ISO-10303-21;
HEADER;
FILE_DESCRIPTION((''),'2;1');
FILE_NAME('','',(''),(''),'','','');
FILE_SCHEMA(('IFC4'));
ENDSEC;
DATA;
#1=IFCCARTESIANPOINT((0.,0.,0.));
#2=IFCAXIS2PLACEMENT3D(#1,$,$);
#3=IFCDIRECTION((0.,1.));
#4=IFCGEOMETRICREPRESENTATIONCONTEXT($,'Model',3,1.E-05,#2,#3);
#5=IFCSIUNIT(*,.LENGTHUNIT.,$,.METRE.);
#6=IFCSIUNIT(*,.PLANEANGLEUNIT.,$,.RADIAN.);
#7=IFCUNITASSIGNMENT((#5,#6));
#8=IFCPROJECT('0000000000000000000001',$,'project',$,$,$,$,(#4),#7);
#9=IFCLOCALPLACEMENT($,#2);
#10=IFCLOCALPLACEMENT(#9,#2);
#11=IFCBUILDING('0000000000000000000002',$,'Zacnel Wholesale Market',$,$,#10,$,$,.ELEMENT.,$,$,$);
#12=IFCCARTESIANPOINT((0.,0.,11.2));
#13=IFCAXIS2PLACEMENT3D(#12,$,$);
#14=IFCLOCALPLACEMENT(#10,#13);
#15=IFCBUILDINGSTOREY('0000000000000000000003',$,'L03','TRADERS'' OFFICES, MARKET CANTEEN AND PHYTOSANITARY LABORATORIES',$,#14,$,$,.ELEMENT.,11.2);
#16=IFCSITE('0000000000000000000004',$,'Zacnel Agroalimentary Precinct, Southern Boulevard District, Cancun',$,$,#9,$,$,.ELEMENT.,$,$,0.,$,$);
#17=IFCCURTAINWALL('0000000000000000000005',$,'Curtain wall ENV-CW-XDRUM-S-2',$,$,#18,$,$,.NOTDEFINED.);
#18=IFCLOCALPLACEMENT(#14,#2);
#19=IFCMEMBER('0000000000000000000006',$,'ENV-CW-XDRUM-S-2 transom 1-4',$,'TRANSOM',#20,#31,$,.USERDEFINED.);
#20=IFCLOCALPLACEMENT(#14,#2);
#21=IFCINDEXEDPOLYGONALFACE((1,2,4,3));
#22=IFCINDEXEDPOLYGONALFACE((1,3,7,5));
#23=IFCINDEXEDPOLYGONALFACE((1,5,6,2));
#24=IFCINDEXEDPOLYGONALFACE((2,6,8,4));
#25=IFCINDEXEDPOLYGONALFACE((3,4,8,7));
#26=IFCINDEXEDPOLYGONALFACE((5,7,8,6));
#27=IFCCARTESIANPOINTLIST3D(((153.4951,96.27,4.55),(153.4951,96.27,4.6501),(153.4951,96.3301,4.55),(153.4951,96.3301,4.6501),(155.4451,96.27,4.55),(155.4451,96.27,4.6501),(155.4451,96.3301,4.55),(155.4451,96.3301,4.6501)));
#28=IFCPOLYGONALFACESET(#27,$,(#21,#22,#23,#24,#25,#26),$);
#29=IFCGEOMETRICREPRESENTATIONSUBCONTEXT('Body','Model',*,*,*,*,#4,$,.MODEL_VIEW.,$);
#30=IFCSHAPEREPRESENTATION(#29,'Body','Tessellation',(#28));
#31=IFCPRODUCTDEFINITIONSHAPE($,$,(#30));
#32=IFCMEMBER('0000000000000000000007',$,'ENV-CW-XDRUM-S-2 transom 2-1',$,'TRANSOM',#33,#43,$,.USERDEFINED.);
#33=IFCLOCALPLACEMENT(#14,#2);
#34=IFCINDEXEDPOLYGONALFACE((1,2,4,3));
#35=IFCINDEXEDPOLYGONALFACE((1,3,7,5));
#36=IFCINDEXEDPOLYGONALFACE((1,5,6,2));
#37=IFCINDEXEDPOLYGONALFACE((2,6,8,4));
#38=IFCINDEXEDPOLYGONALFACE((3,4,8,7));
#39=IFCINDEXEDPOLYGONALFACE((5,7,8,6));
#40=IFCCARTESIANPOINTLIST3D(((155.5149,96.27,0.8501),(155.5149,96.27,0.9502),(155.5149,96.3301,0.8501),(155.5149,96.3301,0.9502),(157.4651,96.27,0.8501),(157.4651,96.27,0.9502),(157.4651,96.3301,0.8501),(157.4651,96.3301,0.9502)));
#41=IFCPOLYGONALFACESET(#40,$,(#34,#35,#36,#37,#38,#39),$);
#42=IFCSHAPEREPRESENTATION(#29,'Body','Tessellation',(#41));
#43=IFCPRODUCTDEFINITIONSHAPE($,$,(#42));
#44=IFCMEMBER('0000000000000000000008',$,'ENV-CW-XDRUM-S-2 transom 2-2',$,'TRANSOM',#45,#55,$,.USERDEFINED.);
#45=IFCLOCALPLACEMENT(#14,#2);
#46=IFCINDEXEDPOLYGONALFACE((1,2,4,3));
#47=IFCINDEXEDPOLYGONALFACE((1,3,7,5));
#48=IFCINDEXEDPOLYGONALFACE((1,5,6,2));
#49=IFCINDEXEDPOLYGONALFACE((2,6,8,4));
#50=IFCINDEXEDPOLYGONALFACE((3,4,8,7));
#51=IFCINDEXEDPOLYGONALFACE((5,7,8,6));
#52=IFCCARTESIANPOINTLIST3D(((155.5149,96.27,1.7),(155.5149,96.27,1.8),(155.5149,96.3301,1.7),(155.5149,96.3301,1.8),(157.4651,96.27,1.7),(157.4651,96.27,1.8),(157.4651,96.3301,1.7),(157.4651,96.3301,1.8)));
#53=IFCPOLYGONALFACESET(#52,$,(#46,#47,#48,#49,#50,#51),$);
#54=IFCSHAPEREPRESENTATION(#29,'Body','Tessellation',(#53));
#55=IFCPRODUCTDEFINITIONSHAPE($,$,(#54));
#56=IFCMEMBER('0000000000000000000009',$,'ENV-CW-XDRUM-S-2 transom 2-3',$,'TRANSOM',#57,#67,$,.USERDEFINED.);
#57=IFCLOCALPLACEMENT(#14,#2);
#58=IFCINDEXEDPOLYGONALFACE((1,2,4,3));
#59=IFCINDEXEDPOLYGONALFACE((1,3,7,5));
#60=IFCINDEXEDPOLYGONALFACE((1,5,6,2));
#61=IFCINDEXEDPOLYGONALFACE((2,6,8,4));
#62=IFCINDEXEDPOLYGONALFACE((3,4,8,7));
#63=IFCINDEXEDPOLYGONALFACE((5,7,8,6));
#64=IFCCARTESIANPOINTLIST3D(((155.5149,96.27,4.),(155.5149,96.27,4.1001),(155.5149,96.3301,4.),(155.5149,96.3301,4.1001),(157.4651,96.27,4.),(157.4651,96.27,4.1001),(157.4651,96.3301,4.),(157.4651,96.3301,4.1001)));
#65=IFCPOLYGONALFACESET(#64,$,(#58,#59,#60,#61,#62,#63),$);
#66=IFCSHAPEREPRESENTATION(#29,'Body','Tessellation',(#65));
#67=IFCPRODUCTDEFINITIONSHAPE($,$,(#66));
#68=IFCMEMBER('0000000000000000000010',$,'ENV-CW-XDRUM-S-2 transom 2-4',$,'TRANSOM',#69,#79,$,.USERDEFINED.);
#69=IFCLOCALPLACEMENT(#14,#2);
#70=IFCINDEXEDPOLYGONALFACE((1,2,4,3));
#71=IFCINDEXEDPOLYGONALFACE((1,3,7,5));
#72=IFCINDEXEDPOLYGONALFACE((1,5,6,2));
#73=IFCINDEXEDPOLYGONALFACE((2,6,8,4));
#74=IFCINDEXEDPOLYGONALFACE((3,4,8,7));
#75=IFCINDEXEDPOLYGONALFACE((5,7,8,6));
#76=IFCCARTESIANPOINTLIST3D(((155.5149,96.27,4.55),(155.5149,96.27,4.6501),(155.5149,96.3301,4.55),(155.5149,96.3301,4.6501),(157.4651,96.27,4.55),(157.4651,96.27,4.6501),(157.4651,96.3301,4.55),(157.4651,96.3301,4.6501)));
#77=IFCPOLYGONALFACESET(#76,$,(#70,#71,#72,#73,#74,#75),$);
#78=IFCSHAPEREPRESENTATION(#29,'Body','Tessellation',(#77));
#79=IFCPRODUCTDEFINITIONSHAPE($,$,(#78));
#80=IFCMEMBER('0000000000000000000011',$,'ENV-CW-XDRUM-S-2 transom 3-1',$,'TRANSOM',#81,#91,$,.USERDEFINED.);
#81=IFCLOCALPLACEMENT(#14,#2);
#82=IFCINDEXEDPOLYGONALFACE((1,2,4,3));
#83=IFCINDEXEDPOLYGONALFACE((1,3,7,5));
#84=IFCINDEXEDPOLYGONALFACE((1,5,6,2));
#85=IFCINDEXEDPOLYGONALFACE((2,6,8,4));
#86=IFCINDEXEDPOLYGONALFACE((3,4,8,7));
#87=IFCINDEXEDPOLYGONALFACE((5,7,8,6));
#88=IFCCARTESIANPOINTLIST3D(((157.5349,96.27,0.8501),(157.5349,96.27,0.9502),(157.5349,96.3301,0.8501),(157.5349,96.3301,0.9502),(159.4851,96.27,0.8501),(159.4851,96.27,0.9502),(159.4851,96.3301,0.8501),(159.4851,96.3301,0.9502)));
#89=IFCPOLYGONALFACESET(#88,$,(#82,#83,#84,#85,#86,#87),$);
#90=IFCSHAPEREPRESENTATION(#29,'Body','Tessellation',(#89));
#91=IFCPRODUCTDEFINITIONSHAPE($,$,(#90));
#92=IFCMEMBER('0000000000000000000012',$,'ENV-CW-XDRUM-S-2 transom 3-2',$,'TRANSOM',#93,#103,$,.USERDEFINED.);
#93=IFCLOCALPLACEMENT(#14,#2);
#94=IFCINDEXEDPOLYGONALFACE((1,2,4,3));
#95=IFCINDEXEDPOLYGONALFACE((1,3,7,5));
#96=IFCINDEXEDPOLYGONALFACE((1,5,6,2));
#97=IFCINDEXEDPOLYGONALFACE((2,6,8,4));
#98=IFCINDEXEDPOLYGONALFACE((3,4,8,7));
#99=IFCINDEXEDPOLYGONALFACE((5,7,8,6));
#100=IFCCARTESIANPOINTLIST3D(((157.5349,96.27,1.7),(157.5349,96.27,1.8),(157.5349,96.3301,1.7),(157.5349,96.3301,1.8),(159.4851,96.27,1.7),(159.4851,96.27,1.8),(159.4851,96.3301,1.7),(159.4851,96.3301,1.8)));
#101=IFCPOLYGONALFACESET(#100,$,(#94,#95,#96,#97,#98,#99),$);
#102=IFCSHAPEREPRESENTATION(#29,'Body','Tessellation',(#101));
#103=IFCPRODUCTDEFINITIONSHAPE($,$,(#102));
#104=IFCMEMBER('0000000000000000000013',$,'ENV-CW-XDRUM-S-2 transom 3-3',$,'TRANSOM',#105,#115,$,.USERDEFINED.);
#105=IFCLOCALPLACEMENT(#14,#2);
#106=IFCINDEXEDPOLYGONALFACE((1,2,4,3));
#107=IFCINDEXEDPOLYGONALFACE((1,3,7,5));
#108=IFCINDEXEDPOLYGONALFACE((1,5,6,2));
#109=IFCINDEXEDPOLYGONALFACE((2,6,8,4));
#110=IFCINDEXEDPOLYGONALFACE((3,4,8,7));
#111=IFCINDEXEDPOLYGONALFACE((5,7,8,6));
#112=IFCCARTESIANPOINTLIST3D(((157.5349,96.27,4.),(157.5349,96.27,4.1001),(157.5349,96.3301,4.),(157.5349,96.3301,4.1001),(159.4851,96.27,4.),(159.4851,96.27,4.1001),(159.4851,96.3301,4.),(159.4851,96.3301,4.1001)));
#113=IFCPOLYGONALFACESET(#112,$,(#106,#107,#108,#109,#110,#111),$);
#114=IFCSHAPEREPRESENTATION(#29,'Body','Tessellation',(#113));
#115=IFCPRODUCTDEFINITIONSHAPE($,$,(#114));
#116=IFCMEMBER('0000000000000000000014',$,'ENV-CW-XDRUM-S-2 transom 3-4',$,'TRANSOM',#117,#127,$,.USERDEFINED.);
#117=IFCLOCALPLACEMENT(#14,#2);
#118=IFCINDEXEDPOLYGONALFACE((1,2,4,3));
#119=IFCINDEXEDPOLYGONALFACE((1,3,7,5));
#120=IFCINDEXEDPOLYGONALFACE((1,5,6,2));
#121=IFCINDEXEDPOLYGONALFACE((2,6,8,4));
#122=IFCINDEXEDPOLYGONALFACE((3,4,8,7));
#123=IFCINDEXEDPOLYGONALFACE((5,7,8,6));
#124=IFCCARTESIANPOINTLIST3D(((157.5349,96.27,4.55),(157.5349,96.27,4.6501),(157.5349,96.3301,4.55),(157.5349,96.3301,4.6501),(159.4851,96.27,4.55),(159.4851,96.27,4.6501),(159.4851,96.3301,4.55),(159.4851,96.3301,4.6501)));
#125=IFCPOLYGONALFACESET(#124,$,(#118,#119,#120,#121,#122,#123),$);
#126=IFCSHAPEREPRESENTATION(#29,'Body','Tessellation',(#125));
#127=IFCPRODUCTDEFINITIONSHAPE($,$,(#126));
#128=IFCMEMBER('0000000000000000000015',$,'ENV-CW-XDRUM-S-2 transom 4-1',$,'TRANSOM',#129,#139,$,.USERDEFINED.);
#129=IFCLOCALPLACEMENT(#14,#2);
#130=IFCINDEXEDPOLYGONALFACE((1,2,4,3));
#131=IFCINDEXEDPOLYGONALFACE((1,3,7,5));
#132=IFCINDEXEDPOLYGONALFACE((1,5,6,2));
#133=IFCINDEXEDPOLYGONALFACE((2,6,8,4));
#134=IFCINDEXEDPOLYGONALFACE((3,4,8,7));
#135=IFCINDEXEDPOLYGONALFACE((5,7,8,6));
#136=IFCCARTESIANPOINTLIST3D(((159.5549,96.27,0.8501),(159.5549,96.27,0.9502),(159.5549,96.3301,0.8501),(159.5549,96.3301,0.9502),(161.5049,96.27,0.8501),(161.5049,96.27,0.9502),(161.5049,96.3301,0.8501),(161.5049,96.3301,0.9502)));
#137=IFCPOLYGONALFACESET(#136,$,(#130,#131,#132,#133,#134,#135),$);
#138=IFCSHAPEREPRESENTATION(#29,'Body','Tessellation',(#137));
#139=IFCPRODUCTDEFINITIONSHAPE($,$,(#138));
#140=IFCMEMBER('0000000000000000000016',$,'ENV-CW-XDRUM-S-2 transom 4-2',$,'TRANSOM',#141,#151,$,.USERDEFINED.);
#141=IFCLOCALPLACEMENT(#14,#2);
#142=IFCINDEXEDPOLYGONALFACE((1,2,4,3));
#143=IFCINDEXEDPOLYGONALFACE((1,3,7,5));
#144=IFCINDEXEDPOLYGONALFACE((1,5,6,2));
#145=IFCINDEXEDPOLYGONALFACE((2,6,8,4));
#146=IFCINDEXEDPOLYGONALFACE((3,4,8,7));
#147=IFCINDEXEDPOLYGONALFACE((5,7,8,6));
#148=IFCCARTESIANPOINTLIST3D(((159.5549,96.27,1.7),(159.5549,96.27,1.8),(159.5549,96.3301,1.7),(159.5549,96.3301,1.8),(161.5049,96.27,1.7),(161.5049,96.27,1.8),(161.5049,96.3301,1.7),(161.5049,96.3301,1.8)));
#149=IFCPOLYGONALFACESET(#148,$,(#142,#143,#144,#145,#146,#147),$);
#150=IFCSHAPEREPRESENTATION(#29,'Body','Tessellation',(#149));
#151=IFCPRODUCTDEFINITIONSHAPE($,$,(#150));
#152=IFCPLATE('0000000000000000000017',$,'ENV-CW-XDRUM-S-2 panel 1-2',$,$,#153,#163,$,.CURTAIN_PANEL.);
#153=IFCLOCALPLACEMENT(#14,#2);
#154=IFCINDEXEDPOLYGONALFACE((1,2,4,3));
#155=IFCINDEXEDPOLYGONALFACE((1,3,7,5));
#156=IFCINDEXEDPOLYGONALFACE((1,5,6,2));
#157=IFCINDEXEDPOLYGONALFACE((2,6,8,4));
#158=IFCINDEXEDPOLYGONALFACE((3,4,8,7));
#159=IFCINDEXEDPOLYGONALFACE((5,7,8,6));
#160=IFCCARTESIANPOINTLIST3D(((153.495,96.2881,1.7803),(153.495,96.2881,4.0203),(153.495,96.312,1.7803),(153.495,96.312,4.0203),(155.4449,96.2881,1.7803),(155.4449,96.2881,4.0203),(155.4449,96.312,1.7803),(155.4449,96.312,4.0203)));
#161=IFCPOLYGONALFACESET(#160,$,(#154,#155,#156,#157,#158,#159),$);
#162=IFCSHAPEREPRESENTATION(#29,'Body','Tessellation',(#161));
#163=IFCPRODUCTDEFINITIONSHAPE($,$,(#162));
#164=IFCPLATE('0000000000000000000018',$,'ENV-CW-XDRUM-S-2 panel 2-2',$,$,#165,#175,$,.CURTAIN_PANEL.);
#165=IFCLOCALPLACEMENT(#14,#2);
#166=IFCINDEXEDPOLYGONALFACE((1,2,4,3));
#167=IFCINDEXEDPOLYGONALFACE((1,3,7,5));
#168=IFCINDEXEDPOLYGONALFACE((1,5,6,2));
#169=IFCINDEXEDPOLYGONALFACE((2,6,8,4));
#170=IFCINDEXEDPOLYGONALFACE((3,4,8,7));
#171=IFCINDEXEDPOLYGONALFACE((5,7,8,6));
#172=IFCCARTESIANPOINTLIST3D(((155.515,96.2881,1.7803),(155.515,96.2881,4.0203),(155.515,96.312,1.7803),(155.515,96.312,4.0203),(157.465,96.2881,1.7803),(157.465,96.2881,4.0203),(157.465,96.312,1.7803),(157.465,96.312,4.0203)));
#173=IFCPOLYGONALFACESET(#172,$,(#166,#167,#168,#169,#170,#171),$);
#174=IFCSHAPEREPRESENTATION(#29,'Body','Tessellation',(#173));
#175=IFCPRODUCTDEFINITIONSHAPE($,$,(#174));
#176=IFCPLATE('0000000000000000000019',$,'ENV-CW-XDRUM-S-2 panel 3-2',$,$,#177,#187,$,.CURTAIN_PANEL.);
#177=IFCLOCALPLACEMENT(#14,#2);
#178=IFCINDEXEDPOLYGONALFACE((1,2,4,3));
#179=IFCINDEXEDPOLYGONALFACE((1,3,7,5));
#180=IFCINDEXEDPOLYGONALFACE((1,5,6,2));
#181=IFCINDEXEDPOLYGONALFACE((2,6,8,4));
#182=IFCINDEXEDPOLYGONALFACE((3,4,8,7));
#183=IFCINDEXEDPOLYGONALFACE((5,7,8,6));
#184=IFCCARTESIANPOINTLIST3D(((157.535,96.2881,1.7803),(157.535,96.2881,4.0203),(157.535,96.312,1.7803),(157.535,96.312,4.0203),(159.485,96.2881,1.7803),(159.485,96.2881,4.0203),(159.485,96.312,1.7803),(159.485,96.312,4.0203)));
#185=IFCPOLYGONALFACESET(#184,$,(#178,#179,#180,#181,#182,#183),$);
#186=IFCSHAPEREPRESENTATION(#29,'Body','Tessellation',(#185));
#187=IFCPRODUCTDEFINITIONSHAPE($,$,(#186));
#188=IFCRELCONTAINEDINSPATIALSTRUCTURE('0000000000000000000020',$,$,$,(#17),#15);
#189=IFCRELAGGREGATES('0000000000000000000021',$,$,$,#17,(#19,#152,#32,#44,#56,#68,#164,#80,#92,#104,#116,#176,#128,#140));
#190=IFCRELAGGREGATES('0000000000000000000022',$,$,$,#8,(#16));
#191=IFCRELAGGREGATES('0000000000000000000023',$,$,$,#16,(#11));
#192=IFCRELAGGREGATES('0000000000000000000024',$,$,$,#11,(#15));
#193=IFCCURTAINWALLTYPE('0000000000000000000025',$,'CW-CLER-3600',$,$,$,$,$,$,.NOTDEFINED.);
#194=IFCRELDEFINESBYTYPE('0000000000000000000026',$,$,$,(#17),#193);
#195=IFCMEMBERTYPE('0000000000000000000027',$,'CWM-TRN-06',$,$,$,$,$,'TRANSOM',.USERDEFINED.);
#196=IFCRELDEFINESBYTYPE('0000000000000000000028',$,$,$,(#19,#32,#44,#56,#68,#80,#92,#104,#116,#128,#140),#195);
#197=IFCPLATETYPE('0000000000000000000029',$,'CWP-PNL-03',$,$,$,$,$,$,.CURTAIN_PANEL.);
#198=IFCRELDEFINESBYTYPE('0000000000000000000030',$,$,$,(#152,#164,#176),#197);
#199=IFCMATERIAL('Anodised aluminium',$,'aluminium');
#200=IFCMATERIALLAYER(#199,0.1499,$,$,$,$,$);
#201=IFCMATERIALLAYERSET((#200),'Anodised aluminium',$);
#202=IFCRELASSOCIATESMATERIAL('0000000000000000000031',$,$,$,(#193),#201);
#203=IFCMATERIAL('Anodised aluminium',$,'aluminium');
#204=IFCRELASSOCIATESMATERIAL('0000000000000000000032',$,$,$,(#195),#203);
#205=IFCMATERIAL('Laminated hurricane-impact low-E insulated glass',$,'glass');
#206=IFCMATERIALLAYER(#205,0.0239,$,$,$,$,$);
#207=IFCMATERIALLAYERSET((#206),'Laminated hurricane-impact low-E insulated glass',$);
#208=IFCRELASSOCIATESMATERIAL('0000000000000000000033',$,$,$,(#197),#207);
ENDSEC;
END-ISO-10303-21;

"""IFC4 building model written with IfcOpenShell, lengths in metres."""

from ifc_helpers import new_model, si_unit, direction, frame, origin, origin_2d, place, context, subcontext, project, spatial, rectangle, extrude, material, layer, layer_set, material_profile, profile_set, type_object, element, aggregate, save


model = new_model("IFC4")

# Units and contexts
model_context = context("Model", 3, precision=1e-05, world=origin(), true_north=direction((0.0, 1.0)))
body_context = subcontext(model_context, "Body", "Model", "MODEL_VIEW")
ifc_project = project(units=[si_unit("LENGTHUNIT", "METRE"), si_unit("PLANEANGLEUNIT", "RADIAN")], contexts=[model_context])

# Site, building, storey
site_placement = place(None, origin())
site = spatial("IfcSite", under=ifc_project, at=site_placement, Name="Zacnel Agroalimentary Precinct, Southern Boulevard District, Cancun", CompositionType="ELEMENT", RefElevation=0.0)
building_placement = place(site_placement, origin())
building = spatial("IfcBuilding", under=site, at=building_placement, Name="Zacnel Wholesale Market", CompositionType="ELEMENT")
storey_placement = place(building_placement, frame((0.0, 0.0, 11.2)))
storey = spatial("IfcBuildingStorey", under=building, at=storey_placement, Name="L03", Description="TRADERS' OFFICES, MARKET CANTEEN AND PHYTOSANITARY LABORATORIES", CompositionType="ELEMENT", Elevation=11.2)

# Curtain wall, members, plates
ifc_material_1 = material(Name="Anodised aluminium", Category="aluminium")
ifc_layer_1 = layer(ifc_material_1, 0.1499)
ifc_layer_set_1 = layer_set([ifc_layer_1], Name="Anodised aluminium")
curtain_wall_type = type_object("IfcCurtainWallType", Name="CW-CLER-3600", PredefinedType="NOTDEFINED", material=ifc_layer_set_1)
curtain_wall_placement = place(storey_placement, origin())
curtain_wall = element("IfcCurtainWall", 1, at=curtain_wall_placement, inside=storey, type_object=curtain_wall_type, Name="Curtain wall ENV-CW-XDRUM-S-2", PredefinedType="NOTDEFINED")
ifc_material_2 = material(Name="Anodised aluminium", Category="aluminium")
ifc_material_profile_1 = material_profile(ifc_material_2, rectangle(XDim=0.0601, YDim=0.1001, at=origin_2d()), Name="AW-TRANSOM 60x100")
ifc_profile_set_1 = profile_set([ifc_material_profile_1], Name="Anodised aluminium")
member_type_1 = type_object("IfcMemberType", Name="CWM-TRN-06", ElementType="TRANSOM", PredefinedType="USERDEFINED", material=ifc_profile_set_1)
member_1_placement = place(storey_placement, frame((153.4951, 96.3, 4.6001), z_axis=(1.0, 0.0, 0.0), x_axis=(0.0, 1.0, 0.0)))
member_1 = element("IfcMember", 2, at=member_1_placement, type_object=member_type_1, Name="ENV-CW-XDRUM-S-2 transom 1-4", ObjectType="TRANSOM", PredefinedType="USERDEFINED", context=body_context, shape_type="SweptSolid", body=[
    extrude(rectangle(XDim=0.0601, YDim=0.1001, at=origin_2d()), origin(), (0.0, 0.0, 1.0), 1.95),
])
member_2_placement = place(storey_placement, frame((155.5149, 96.3, 0.9001), z_axis=(1.0, 0.0, 0.0), x_axis=(0.0, 1.0, 0.0)))
member_2 = element("IfcMember", 3, at=member_2_placement, type_object=member_type_1, Name="ENV-CW-XDRUM-S-2 transom 2-1", ObjectType="TRANSOM", PredefinedType="USERDEFINED", context=body_context, shape_type="SweptSolid", body=[
    extrude(rectangle(XDim=0.0601, YDim=0.1001, at=origin_2d()), origin(), (0.0, 0.0, 1.0), 1.9502),
])
member_3_placement = place(storey_placement, frame((155.5149, 96.3, 1.75), z_axis=(1.0, 0.0, 0.0), x_axis=(0.0, 1.0, 0.0)))
member_3 = element("IfcMember", 4, at=member_3_placement, type_object=member_type_1, Name="ENV-CW-XDRUM-S-2 transom 2-2", ObjectType="TRANSOM", PredefinedType="USERDEFINED", context=body_context, shape_type="SweptSolid", body=[
    extrude(rectangle(XDim=0.0601, YDim=0.1001, at=origin_2d()), origin(), (0.0, 0.0, 1.0), 1.9502),
])
member_4_placement = place(storey_placement, frame((155.5149, 96.3, 4.05), z_axis=(1.0, 0.0, 0.0), x_axis=(0.0, 1.0, 0.0)))
member_4 = element("IfcMember", 5, at=member_4_placement, type_object=member_type_1, Name="ENV-CW-XDRUM-S-2 transom 2-3", ObjectType="TRANSOM", PredefinedType="USERDEFINED", context=body_context, shape_type="SweptSolid", body=[
    extrude(rectangle(XDim=0.0601, YDim=0.1001, at=origin_2d()), origin(), (0.0, 0.0, 1.0), 1.9502),
])
member_5_placement = place(storey_placement, frame((155.5149, 96.3, 4.6001), z_axis=(1.0, 0.0, 0.0), x_axis=(0.0, 1.0, 0.0)))
member_5 = element("IfcMember", 6, at=member_5_placement, type_object=member_type_1, Name="ENV-CW-XDRUM-S-2 transom 2-4", ObjectType="TRANSOM", PredefinedType="USERDEFINED", context=body_context, shape_type="SweptSolid", body=[
    extrude(rectangle(XDim=0.0601, YDim=0.1001, at=origin_2d()), origin(), (0.0, 0.0, 1.0), 1.9502),
])
member_6_placement = place(storey_placement, frame((157.5349, 96.3, 0.9001), z_axis=(1.0, 0.0, 0.0), x_axis=(0.0, 1.0, 0.0)))
member_6 = element("IfcMember", 7, at=member_6_placement, type_object=member_type_1, Name="ENV-CW-XDRUM-S-2 transom 3-1", ObjectType="TRANSOM", PredefinedType="USERDEFINED", context=body_context, shape_type="SweptSolid", body=[
    extrude(rectangle(XDim=0.0601, YDim=0.1001, at=origin_2d()), origin(), (0.0, 0.0, 1.0), 1.9502),
])
member_7_placement = place(storey_placement, frame((157.5349, 96.3, 1.75), z_axis=(1.0, 0.0, 0.0), x_axis=(0.0, 1.0, 0.0)))
member_7 = element("IfcMember", 8, at=member_7_placement, type_object=member_type_1, Name="ENV-CW-XDRUM-S-2 transom 3-2", ObjectType="TRANSOM", PredefinedType="USERDEFINED", context=body_context, shape_type="SweptSolid", body=[
    extrude(rectangle(XDim=0.0601, YDim=0.1001, at=origin_2d()), origin(), (0.0, 0.0, 1.0), 1.9502),
])
member_8_placement = place(storey_placement, frame((157.5349, 96.3, 4.05), z_axis=(1.0, 0.0, 0.0), x_axis=(0.0, 1.0, 0.0)))
member_8 = element("IfcMember", 9, at=member_8_placement, type_object=member_type_1, Name="ENV-CW-XDRUM-S-2 transom 3-3", ObjectType="TRANSOM", PredefinedType="USERDEFINED", context=body_context, shape_type="SweptSolid", body=[
    extrude(rectangle(XDim=0.0601, YDim=0.1001, at=origin_2d()), origin(), (0.0, 0.0, 1.0), 1.9502),
])
member_9_placement = place(storey_placement, frame((157.5349, 96.3, 4.6001), z_axis=(1.0, 0.0, 0.0), x_axis=(0.0, 1.0, 0.0)))
member_9 = element("IfcMember", 10, at=member_9_placement, type_object=member_type_1, Name="ENV-CW-XDRUM-S-2 transom 3-4", ObjectType="TRANSOM", PredefinedType="USERDEFINED", context=body_context, shape_type="SweptSolid", body=[
    extrude(rectangle(XDim=0.0601, YDim=0.1001, at=origin_2d()), origin(), (0.0, 0.0, 1.0), 1.9502),
])
member_10_placement = place(storey_placement, frame((159.5549, 96.3, 0.9001), z_axis=(1.0, 0.0, 0.0), x_axis=(0.0, 1.0, 0.0)))
member_10 = element("IfcMember", 11, at=member_10_placement, type_object=member_type_1, Name="ENV-CW-XDRUM-S-2 transom 4-1", ObjectType="TRANSOM", PredefinedType="USERDEFINED", context=body_context, shape_type="SweptSolid", body=[
    extrude(rectangle(XDim=0.0601, YDim=0.1001, at=origin_2d()), origin(), (0.0, 0.0, 1.0), 1.95),
])
member_11_placement = place(storey_placement, frame((159.5549, 96.3, 1.75), z_axis=(1.0, 0.0, 0.0), x_axis=(0.0, 1.0, 0.0)))
member_11 = element("IfcMember", 12, at=member_11_placement, type_object=member_type_1, Name="ENV-CW-XDRUM-S-2 transom 4-2", ObjectType="TRANSOM", PredefinedType="USERDEFINED", context=body_context, shape_type="SweptSolid", body=[
    extrude(rectangle(XDim=0.0601, YDim=0.1001, at=origin_2d()), origin(), (0.0, 0.0, 1.0), 1.95),
])
ifc_material_3 = material(Name="Laminated hurricane-impact low-E insulated glass", Category="glass")
ifc_layer_2 = layer(ifc_material_3, 0.0239)
ifc_layer_set_2 = layer_set([ifc_layer_2], Name="Laminated hurricane-impact low-E insulated glass")
plate_type_1 = type_object("IfcPlateType", Name="CWP-PNL-03", PredefinedType="CURTAIN_PANEL", material=ifc_layer_set_2)
plate_1_placement = place(storey_placement, frame((154.47, 96.3, 1.7803), z_axis=(0.0, 0.0, 1.0), x_axis=(1.0, 0.0, 0.0)))
plate_1 = element("IfcPlate", 13, at=plate_1_placement, type_object=plate_type_1, Name="ENV-CW-XDRUM-S-2 panel 1-2", PredefinedType="CURTAIN_PANEL", context=body_context, shape_type="SweptSolid", body=[
    extrude(rectangle(XDim=1.95, YDim=0.0239, at=origin_2d()), origin(), (0.0, 0.0, 1.0), 2.24),
])
plate_2_placement = place(storey_placement, frame((156.49, 96.3, 1.7803), z_axis=(0.0, 0.0, 1.0), x_axis=(1.0, 0.0, 0.0)))
plate_2 = element("IfcPlate", 14, at=plate_2_placement, type_object=plate_type_1, Name="ENV-CW-XDRUM-S-2 panel 2-2", PredefinedType="CURTAIN_PANEL", context=body_context, shape_type="SweptSolid", body=[
    extrude(rectangle(XDim=1.95, YDim=0.0239, at=origin_2d()), origin(), (0.0, 0.0, 1.0), 2.24),
])
plate_3_placement = place(storey_placement, frame((158.51, 96.3, 1.7803), z_axis=(0.0, 0.0, 1.0), x_axis=(1.0, 0.0, 0.0)))
plate_3 = element("IfcPlate", 15, at=plate_3_placement, type_object=plate_type_1, Name="ENV-CW-XDRUM-S-2 panel 3-2", PredefinedType="CURTAIN_PANEL", context=body_context, shape_type="SweptSolid", body=[
    extrude(rectangle(XDim=1.95, YDim=0.0239, at=origin_2d()), origin(), (0.0, 0.0, 1.0), 2.24),
])
aggregate(curtain_wall, [member_1, plate_1, member_2, member_3, member_4, member_5, plate_2, member_6, member_7, member_8, member_9, plate_3, member_10, member_11])

save(model, "model.ifc")
